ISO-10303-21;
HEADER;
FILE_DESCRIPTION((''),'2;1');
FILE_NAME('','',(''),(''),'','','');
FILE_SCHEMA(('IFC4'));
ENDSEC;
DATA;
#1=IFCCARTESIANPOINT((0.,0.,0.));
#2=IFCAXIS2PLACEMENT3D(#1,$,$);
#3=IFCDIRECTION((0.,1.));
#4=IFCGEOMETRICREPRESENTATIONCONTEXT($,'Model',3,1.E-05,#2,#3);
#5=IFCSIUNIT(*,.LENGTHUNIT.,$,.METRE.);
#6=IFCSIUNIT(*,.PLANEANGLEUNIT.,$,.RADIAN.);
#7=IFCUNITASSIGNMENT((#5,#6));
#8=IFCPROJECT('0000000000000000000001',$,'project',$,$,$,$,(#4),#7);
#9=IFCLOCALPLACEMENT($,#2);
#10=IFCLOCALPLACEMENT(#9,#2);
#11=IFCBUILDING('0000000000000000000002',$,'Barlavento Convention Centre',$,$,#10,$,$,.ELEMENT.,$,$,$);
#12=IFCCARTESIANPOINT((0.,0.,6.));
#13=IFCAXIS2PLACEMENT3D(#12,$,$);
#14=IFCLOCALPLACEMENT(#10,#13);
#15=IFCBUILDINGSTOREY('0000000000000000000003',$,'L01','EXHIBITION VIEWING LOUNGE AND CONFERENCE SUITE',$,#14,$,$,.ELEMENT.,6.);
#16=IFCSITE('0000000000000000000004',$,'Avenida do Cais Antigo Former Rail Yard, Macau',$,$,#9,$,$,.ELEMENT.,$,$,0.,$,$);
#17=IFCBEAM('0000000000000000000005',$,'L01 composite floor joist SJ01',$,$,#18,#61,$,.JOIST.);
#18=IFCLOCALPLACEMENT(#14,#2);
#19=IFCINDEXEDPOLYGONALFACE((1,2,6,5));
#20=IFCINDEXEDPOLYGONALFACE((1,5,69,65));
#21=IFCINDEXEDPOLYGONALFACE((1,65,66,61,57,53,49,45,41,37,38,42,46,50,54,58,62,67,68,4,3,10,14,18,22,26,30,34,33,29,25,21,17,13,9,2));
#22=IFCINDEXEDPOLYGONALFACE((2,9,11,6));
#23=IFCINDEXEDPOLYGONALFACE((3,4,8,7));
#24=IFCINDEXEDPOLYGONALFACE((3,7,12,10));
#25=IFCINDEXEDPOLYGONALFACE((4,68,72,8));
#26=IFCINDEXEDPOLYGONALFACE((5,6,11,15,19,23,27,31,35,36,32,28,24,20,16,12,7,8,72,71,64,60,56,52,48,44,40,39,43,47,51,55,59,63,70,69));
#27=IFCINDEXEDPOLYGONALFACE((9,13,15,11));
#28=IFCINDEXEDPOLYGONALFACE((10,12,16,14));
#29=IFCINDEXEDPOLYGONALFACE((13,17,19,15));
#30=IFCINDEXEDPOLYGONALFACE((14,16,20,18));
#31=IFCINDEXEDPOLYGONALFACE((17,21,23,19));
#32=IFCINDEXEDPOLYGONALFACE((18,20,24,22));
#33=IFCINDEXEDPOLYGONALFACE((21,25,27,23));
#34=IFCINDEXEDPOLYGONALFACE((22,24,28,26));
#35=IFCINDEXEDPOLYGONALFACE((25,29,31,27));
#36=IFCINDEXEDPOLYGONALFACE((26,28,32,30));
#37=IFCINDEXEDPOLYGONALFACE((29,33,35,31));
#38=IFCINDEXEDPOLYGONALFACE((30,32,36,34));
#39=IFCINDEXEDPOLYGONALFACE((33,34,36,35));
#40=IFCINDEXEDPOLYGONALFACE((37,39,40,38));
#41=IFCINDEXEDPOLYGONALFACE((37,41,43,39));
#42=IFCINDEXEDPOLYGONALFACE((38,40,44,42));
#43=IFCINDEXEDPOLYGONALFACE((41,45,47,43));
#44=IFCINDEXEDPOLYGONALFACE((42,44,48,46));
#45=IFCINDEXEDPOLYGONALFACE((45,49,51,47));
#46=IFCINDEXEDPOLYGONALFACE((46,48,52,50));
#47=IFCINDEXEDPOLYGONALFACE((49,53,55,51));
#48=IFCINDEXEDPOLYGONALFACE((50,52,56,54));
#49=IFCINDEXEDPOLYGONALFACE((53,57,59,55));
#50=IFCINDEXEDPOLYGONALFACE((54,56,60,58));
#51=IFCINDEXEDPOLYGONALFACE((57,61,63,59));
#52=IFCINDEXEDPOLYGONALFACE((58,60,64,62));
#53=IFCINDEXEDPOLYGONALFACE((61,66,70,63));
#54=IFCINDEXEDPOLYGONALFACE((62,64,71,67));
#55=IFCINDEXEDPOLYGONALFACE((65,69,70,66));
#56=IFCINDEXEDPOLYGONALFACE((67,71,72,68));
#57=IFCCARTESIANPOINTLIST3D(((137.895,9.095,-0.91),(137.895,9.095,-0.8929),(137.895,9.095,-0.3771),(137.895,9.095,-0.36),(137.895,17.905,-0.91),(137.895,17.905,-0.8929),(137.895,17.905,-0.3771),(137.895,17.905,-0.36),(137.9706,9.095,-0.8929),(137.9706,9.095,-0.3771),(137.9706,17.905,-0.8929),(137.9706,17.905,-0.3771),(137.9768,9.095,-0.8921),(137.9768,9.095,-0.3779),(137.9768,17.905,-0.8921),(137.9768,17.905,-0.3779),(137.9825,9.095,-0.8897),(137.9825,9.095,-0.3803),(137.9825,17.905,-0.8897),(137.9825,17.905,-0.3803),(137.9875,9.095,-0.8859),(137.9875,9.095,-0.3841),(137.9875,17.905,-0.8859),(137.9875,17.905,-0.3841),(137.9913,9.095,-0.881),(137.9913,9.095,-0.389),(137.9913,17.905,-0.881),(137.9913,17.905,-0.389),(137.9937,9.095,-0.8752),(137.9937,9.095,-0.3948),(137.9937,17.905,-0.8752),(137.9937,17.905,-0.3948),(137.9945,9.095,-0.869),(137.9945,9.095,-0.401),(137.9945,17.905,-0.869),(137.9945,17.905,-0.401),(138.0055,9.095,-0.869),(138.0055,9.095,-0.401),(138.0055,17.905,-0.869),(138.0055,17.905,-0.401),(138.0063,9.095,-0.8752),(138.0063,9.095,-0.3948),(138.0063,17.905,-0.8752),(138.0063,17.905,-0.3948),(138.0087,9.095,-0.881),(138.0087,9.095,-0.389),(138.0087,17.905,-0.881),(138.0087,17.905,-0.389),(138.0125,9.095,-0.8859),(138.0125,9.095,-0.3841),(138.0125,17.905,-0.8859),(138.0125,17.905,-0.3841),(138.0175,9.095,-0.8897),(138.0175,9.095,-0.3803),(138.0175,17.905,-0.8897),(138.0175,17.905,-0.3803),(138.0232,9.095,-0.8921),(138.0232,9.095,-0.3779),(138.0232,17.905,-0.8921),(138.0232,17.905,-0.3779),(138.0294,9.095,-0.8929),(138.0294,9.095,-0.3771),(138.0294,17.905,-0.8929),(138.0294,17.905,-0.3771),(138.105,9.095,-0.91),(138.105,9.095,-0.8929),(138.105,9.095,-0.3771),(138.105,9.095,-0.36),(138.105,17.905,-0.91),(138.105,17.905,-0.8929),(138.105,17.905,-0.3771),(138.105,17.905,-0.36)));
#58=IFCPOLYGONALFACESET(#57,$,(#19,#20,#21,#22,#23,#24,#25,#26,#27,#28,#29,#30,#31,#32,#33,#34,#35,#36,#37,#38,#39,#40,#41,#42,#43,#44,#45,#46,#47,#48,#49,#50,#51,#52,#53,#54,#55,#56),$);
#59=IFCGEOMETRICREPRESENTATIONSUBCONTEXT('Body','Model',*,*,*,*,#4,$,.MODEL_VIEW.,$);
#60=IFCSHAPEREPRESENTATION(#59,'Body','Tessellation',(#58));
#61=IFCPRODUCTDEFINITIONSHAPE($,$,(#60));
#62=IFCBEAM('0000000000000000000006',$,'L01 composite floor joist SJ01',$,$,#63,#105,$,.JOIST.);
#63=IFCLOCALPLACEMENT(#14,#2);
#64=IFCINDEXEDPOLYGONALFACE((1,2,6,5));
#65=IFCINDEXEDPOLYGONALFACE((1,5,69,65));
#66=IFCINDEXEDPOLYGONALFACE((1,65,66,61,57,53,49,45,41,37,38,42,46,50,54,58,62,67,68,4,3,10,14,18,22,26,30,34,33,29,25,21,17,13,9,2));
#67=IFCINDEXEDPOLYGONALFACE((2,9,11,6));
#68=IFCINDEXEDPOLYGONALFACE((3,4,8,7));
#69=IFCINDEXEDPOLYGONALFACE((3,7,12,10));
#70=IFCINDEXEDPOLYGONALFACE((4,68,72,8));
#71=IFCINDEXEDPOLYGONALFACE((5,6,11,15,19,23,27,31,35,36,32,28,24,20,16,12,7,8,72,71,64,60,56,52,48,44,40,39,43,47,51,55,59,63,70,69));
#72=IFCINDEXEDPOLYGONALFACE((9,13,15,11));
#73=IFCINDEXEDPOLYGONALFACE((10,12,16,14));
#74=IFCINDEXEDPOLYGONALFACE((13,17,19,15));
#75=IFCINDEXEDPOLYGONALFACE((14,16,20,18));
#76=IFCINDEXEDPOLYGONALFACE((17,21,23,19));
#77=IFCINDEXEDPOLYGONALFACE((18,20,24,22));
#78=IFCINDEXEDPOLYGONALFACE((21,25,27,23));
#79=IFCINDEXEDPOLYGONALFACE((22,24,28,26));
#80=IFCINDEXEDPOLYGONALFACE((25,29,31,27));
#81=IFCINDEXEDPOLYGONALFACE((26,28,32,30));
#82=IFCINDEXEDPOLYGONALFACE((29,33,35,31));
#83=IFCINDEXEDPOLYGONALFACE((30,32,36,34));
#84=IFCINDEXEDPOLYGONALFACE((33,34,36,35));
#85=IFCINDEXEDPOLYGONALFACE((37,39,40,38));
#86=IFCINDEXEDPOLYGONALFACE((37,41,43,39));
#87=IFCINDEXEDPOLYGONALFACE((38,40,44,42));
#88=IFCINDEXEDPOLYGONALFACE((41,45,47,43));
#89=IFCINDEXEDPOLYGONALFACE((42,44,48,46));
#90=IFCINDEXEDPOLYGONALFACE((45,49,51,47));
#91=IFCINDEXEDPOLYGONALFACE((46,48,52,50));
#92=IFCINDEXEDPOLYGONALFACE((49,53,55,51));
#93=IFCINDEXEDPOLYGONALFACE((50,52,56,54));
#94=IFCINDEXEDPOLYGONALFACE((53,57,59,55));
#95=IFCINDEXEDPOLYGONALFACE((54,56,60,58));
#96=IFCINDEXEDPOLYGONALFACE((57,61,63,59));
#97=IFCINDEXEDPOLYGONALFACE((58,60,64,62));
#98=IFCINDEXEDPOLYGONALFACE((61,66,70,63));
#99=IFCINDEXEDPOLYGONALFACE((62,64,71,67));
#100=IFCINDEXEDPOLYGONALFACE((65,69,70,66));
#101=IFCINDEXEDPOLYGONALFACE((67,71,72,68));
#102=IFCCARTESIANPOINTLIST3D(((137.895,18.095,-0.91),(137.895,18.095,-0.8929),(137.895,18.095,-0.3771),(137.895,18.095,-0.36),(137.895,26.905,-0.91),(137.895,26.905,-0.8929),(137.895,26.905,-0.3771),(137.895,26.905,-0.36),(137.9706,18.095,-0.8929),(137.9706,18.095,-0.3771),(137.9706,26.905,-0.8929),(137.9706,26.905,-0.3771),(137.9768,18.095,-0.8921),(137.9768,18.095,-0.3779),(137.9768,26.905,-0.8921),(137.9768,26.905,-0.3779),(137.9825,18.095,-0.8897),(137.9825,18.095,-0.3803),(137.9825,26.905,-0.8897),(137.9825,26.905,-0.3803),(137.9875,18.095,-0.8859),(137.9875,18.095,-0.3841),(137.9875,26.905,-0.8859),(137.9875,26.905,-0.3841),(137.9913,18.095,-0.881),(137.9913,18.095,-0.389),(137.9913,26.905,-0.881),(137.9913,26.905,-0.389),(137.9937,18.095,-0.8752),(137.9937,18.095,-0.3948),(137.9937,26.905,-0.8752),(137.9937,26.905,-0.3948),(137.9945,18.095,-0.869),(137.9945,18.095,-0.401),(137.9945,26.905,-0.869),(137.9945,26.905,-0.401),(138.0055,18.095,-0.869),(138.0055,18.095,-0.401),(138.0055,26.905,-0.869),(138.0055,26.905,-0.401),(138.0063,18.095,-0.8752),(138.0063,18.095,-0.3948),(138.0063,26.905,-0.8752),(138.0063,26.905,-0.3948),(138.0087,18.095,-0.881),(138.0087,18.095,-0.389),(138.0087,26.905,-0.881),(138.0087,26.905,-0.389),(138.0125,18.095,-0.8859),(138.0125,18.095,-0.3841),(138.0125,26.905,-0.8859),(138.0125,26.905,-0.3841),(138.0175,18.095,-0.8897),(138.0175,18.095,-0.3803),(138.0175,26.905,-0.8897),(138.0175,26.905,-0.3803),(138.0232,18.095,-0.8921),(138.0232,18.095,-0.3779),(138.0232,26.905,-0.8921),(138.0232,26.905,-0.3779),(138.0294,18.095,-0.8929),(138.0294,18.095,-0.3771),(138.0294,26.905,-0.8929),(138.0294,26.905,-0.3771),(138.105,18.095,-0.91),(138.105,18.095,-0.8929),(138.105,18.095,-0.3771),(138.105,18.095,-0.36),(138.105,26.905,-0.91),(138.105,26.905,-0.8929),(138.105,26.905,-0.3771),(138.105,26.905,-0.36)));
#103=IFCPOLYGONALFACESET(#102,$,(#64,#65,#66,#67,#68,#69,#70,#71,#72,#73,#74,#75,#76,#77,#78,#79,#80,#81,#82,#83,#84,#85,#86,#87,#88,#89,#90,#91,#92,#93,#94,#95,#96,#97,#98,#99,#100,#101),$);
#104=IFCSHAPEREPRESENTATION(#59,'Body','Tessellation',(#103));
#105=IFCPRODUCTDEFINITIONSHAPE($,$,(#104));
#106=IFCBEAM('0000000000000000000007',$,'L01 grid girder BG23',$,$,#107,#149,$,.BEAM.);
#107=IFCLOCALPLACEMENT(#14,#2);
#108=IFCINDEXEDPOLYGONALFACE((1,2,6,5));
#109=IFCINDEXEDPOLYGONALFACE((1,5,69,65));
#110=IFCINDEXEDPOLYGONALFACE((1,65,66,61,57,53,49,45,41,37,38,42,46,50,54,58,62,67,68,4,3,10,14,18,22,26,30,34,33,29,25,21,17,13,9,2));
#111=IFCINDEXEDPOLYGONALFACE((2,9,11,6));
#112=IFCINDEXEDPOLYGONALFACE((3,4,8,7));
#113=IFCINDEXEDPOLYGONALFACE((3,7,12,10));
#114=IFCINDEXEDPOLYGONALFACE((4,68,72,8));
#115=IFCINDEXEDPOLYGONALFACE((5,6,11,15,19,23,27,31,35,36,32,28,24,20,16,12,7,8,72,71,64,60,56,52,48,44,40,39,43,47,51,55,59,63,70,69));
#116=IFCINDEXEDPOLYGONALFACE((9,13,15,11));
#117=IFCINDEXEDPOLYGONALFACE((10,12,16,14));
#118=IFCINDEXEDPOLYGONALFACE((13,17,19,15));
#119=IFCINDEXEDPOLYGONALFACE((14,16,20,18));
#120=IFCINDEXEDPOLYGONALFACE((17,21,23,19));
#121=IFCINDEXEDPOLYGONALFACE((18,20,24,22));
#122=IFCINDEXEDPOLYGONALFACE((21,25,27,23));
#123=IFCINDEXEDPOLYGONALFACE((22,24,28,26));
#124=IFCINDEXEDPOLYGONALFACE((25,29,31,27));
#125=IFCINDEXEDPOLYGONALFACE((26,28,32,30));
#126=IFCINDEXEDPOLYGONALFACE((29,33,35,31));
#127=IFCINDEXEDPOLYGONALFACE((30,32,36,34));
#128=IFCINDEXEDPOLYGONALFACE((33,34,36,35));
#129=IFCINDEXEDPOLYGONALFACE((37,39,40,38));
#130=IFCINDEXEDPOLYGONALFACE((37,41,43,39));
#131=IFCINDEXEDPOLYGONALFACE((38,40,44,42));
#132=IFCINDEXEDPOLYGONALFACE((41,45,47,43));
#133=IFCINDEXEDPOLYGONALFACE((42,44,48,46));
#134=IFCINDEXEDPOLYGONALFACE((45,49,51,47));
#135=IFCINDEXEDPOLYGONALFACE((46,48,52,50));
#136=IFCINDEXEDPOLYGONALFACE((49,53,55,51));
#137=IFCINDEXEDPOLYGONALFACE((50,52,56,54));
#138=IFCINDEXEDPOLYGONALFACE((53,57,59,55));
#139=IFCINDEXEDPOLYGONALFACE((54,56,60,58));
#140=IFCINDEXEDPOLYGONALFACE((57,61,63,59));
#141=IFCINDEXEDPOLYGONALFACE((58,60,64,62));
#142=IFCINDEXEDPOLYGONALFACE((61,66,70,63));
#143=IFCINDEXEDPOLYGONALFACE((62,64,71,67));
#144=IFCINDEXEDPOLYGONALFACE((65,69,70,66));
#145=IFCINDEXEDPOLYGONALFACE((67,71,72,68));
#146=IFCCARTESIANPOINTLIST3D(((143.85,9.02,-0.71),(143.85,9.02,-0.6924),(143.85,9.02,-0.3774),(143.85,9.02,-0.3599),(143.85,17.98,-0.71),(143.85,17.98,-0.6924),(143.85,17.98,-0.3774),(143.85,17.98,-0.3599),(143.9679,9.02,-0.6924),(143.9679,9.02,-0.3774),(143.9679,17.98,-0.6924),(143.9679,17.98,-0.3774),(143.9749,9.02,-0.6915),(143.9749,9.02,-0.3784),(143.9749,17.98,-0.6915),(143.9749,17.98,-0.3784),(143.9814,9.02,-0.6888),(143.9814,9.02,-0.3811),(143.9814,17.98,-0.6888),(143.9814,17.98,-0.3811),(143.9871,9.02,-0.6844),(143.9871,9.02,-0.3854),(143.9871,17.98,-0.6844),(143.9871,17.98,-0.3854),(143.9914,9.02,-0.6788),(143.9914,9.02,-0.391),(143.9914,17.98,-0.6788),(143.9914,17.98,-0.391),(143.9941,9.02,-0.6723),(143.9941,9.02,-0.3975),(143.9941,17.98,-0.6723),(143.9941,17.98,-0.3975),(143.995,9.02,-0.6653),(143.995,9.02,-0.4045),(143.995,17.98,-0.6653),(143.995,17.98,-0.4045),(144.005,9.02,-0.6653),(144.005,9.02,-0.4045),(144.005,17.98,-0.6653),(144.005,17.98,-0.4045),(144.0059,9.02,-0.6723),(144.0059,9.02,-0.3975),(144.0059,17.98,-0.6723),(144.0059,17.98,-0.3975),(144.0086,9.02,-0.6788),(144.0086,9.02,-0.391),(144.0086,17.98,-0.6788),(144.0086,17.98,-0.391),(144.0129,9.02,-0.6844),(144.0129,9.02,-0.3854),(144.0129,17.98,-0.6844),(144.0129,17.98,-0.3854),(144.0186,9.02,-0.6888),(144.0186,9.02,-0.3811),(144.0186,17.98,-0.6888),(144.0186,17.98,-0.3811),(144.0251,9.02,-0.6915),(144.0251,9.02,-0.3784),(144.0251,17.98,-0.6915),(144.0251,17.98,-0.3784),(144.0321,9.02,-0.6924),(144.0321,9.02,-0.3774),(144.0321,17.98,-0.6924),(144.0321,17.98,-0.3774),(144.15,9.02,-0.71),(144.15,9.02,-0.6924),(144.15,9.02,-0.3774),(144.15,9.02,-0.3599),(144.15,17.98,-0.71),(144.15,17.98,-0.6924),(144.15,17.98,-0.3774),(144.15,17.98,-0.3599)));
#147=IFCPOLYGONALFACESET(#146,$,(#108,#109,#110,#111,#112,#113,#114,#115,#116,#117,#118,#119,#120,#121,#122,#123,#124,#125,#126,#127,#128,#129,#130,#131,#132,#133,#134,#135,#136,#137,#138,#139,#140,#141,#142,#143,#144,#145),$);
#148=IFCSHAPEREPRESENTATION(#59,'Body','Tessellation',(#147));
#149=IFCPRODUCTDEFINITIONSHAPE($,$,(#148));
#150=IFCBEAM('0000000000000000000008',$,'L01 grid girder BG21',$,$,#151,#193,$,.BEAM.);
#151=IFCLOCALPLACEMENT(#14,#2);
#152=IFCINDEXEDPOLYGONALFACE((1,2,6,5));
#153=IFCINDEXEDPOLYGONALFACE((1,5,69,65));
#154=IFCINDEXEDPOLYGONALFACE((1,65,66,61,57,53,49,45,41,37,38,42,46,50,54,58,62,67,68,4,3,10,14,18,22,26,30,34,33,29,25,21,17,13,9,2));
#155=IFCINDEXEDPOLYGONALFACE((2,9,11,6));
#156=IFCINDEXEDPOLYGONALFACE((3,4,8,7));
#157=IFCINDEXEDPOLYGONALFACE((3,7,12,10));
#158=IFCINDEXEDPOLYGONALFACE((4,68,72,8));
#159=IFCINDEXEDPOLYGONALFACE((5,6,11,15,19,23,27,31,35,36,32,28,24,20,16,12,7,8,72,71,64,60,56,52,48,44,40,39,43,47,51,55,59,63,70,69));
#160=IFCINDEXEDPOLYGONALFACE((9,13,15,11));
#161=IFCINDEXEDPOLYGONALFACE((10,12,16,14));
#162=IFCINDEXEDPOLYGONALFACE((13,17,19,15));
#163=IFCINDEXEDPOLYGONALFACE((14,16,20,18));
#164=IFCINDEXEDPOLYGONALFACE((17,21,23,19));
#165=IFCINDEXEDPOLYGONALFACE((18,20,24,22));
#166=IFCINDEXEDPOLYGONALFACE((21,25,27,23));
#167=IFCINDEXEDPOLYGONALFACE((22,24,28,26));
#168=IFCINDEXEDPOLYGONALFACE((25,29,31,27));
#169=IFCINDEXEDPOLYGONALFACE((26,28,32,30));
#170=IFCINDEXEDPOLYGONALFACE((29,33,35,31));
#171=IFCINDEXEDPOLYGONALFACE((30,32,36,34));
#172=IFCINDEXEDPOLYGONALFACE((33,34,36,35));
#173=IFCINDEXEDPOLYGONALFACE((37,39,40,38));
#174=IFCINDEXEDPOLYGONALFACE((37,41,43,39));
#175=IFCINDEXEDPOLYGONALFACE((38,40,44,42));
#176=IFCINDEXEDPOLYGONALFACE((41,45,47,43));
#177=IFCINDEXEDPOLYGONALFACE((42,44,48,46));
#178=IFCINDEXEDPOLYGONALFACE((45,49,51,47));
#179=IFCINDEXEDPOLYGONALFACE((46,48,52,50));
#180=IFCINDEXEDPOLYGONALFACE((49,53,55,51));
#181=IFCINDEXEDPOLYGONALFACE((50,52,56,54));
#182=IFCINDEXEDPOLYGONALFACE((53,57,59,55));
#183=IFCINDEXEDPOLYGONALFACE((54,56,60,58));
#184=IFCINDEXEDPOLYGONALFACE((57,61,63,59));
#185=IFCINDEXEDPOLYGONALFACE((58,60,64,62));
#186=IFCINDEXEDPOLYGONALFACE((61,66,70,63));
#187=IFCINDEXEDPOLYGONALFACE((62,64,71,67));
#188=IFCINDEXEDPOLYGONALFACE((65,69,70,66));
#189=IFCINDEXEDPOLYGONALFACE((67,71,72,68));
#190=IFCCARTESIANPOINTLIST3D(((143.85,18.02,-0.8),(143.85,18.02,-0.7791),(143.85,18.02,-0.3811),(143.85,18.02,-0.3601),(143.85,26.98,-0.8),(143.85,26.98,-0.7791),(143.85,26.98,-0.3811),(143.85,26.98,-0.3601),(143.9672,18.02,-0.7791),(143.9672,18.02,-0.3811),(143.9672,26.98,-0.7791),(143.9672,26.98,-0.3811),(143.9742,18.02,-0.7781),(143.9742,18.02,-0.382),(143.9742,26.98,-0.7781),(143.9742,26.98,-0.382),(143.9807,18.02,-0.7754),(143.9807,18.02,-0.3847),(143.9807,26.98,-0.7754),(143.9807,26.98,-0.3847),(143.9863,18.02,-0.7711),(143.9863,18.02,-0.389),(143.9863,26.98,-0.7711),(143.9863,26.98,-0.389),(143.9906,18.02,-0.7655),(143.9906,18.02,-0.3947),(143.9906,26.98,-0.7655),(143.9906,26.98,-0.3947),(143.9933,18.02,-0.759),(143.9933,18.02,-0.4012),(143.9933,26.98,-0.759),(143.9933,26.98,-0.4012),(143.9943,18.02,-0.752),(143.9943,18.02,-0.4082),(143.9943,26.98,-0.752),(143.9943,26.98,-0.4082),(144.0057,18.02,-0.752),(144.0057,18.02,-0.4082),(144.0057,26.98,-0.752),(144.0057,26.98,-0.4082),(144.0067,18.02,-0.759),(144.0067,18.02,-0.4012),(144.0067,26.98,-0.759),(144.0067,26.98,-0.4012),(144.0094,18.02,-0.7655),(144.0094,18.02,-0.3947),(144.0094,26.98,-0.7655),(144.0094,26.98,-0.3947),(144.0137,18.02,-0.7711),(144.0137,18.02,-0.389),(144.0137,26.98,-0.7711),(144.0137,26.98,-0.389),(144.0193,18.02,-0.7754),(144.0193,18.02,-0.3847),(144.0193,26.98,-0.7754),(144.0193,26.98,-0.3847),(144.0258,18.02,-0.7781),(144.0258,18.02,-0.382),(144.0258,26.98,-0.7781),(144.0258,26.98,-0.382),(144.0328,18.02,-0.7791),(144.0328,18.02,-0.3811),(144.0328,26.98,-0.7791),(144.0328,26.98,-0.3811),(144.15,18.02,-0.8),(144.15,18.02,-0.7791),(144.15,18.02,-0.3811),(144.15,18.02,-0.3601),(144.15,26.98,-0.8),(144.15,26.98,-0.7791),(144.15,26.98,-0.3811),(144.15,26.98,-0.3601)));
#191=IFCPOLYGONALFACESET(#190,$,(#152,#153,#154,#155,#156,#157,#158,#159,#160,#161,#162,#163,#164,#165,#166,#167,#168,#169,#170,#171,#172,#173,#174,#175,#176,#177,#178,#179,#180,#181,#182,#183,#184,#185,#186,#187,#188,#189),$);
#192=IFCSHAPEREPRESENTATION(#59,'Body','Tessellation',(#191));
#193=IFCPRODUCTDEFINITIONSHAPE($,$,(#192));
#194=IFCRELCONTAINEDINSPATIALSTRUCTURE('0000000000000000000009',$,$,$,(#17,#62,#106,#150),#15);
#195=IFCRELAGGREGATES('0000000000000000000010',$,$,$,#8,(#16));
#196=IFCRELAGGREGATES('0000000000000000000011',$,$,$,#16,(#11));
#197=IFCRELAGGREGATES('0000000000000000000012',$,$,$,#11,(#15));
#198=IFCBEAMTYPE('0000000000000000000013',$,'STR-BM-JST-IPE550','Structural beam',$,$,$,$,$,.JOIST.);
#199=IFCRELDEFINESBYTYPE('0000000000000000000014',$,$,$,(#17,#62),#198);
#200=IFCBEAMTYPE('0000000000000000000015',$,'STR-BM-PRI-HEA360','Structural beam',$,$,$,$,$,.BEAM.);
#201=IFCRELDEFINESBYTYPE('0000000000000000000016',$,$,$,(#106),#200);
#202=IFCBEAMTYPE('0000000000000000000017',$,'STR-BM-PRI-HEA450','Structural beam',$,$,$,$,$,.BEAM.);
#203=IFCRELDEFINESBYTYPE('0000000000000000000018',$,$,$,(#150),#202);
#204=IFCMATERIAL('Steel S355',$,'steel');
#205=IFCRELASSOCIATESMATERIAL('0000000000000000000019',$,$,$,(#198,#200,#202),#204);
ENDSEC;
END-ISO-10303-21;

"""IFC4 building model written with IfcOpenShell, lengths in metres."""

from ifc_helpers import new_model, si_unit, direction, frame, origin, origin_2d, place, context, subcontext, project, spatial, i_section, extrude, material, material_profile, profile_set, type_object, element, save


model = new_model("IFC4")

# Units and contexts
model_context = context("Model", 3, precision=1e-05, world=origin(), true_north=direction((0.0, 1.0)))
body_context = subcontext(model_context, "Body", "Model", "MODEL_VIEW")
ifc_project = project(units=[si_unit("LENGTHUNIT", "METRE"), si_unit("PLANEANGLEUNIT", "RADIAN")], contexts=[model_context])

# Site, building, storey
site_placement = place(None, origin())
site = spatial("IfcSite", under=ifc_project, at=site_placement, Name="Avenida do Cais Antigo Former Rail Yard, Macau", CompositionType="ELEMENT", RefElevation=0.0)
building_placement = place(site_placement, origin())
building = spatial("IfcBuilding", under=site, at=building_placement, Name="Barlavento Convention Centre", CompositionType="ELEMENT")
storey_placement = place(building_placement, frame((0.0, 0.0, 6.0)))
storey = spatial("IfcBuildingStorey", under=building, at=storey_placement, Name="L01", Description="EXHIBITION VIEWING LOUNGE AND CONFERENCE SUITE", CompositionType="ELEMENT", Elevation=6.0)

# Shared definitions
ifc_material_1 = material(Name="Steel S355", Category="steel")

# Beams
ifc_material_profile_1 = material_profile(ifc_material_1, i_section(OverallWidth=0.21, OverallDepth=0.55, WebThickness=0.011, FlangeThickness=0.0171, FilletRadius=0.0239, at=origin_2d()), Name="IPE 550")
ifc_profile_set_1 = profile_set([ifc_material_profile_1], Name="Steel S355")
beam_type_1 = type_object("IfcBeamType", Name="STR-BM-JST-IPE550", Description="Structural beam", PredefinedType="JOIST", material=ifc_profile_set_1)
for number, where, z_axis, x_axis, name in (
    (1, (138.0, 9.095, -0.635), (0.0, 1.0, 0.0), (-1.0, 0.0, 0.0), "L01 composite floor joist SJ01"),
    (2, (138.0, 18.095, -0.635), (0.0, 1.0, 0.0), (-1.0, 0.0, 0.0), "L01 composite floor joist SJ01"),
):
    element("IfcBeam", number, at=place(storey_placement, frame(where, z_axis=z_axis, x_axis=x_axis)), inside=storey, type_object=beam_type_1, Name=name, PredefinedType="JOIST", context=body_context, shape_type="SweptSolid", body=[
        extrude(i_section(OverallWidth=0.21, OverallDepth=0.55, WebThickness=0.011, FlangeThickness=0.0171, FilletRadius=0.0239, at=origin_2d()), origin(), (0.0, 0.0, 1.0), 8.8101),
    ])
ifc_material_profile_2 = material_profile(ifc_material_1, i_section(OverallWidth=0.3, OverallDepth=0.3501, WebThickness=0.01, FlangeThickness=0.0176, FilletRadius=0.0271, at=origin_2d()), Name="HEA 360")
ifc_profile_set_2 = profile_set([ifc_material_profile_2], Name="Steel S355")
beam_type_2 = type_object("IfcBeamType", Name="STR-BM-PRI-HEA360", Description="Structural beam", PredefinedType="BEAM", material=ifc_profile_set_2)
beam_1_placement = place(storey_placement, frame((144.0, 9.02, -0.5349), z_axis=(0.0, 1.0, 0.0), x_axis=(-1.0, 0.0, 0.0)))
element("IfcBeam", 3, at=beam_1_placement, inside=storey, type_object=beam_type_2, Name="L01 grid girder BG23", PredefinedType="BEAM", context=body_context, shape_type="SweptSolid", body=[
    extrude(i_section(OverallWidth=0.3, OverallDepth=0.3501, WebThickness=0.01, FlangeThickness=0.0176, FilletRadius=0.0271, at=origin_2d()), origin(), (0.0, 0.0, 1.0), 8.96),
])
ifc_material_profile_3 = material_profile(ifc_material_1, i_section(OverallWidth=0.3, OverallDepth=0.4399, WebThickness=0.0115, FlangeThickness=0.021, FilletRadius=0.0271, at=origin_2d()), Name="HEA 450")
ifc_profile_set_3 = profile_set([ifc_material_profile_3], Name="Steel S355")
beam_type_3 = type_object("IfcBeamType", Name="STR-BM-PRI-HEA450", Description="Structural beam", PredefinedType="BEAM", material=ifc_profile_set_3)
beam_2_placement = place(storey_placement, frame((144.0, 18.02, -0.5801), z_axis=(0.0, 1.0, 0.0), x_axis=(-1.0, 0.0, 0.0)))
element("IfcBeam", 4, at=beam_2_placement, inside=storey, type_object=beam_type_3, Name="L01 grid girder BG21", PredefinedType="BEAM", context=body_context, shape_type="SweptSolid", body=[
    extrude(i_section(OverallWidth=0.3, OverallDepth=0.4399, WebThickness=0.0115, FlangeThickness=0.021, FilletRadius=0.0271, at=origin_2d()), origin(), (0.0, 0.0, 1.0), 8.96),
])

save(model, "model.ifc")
